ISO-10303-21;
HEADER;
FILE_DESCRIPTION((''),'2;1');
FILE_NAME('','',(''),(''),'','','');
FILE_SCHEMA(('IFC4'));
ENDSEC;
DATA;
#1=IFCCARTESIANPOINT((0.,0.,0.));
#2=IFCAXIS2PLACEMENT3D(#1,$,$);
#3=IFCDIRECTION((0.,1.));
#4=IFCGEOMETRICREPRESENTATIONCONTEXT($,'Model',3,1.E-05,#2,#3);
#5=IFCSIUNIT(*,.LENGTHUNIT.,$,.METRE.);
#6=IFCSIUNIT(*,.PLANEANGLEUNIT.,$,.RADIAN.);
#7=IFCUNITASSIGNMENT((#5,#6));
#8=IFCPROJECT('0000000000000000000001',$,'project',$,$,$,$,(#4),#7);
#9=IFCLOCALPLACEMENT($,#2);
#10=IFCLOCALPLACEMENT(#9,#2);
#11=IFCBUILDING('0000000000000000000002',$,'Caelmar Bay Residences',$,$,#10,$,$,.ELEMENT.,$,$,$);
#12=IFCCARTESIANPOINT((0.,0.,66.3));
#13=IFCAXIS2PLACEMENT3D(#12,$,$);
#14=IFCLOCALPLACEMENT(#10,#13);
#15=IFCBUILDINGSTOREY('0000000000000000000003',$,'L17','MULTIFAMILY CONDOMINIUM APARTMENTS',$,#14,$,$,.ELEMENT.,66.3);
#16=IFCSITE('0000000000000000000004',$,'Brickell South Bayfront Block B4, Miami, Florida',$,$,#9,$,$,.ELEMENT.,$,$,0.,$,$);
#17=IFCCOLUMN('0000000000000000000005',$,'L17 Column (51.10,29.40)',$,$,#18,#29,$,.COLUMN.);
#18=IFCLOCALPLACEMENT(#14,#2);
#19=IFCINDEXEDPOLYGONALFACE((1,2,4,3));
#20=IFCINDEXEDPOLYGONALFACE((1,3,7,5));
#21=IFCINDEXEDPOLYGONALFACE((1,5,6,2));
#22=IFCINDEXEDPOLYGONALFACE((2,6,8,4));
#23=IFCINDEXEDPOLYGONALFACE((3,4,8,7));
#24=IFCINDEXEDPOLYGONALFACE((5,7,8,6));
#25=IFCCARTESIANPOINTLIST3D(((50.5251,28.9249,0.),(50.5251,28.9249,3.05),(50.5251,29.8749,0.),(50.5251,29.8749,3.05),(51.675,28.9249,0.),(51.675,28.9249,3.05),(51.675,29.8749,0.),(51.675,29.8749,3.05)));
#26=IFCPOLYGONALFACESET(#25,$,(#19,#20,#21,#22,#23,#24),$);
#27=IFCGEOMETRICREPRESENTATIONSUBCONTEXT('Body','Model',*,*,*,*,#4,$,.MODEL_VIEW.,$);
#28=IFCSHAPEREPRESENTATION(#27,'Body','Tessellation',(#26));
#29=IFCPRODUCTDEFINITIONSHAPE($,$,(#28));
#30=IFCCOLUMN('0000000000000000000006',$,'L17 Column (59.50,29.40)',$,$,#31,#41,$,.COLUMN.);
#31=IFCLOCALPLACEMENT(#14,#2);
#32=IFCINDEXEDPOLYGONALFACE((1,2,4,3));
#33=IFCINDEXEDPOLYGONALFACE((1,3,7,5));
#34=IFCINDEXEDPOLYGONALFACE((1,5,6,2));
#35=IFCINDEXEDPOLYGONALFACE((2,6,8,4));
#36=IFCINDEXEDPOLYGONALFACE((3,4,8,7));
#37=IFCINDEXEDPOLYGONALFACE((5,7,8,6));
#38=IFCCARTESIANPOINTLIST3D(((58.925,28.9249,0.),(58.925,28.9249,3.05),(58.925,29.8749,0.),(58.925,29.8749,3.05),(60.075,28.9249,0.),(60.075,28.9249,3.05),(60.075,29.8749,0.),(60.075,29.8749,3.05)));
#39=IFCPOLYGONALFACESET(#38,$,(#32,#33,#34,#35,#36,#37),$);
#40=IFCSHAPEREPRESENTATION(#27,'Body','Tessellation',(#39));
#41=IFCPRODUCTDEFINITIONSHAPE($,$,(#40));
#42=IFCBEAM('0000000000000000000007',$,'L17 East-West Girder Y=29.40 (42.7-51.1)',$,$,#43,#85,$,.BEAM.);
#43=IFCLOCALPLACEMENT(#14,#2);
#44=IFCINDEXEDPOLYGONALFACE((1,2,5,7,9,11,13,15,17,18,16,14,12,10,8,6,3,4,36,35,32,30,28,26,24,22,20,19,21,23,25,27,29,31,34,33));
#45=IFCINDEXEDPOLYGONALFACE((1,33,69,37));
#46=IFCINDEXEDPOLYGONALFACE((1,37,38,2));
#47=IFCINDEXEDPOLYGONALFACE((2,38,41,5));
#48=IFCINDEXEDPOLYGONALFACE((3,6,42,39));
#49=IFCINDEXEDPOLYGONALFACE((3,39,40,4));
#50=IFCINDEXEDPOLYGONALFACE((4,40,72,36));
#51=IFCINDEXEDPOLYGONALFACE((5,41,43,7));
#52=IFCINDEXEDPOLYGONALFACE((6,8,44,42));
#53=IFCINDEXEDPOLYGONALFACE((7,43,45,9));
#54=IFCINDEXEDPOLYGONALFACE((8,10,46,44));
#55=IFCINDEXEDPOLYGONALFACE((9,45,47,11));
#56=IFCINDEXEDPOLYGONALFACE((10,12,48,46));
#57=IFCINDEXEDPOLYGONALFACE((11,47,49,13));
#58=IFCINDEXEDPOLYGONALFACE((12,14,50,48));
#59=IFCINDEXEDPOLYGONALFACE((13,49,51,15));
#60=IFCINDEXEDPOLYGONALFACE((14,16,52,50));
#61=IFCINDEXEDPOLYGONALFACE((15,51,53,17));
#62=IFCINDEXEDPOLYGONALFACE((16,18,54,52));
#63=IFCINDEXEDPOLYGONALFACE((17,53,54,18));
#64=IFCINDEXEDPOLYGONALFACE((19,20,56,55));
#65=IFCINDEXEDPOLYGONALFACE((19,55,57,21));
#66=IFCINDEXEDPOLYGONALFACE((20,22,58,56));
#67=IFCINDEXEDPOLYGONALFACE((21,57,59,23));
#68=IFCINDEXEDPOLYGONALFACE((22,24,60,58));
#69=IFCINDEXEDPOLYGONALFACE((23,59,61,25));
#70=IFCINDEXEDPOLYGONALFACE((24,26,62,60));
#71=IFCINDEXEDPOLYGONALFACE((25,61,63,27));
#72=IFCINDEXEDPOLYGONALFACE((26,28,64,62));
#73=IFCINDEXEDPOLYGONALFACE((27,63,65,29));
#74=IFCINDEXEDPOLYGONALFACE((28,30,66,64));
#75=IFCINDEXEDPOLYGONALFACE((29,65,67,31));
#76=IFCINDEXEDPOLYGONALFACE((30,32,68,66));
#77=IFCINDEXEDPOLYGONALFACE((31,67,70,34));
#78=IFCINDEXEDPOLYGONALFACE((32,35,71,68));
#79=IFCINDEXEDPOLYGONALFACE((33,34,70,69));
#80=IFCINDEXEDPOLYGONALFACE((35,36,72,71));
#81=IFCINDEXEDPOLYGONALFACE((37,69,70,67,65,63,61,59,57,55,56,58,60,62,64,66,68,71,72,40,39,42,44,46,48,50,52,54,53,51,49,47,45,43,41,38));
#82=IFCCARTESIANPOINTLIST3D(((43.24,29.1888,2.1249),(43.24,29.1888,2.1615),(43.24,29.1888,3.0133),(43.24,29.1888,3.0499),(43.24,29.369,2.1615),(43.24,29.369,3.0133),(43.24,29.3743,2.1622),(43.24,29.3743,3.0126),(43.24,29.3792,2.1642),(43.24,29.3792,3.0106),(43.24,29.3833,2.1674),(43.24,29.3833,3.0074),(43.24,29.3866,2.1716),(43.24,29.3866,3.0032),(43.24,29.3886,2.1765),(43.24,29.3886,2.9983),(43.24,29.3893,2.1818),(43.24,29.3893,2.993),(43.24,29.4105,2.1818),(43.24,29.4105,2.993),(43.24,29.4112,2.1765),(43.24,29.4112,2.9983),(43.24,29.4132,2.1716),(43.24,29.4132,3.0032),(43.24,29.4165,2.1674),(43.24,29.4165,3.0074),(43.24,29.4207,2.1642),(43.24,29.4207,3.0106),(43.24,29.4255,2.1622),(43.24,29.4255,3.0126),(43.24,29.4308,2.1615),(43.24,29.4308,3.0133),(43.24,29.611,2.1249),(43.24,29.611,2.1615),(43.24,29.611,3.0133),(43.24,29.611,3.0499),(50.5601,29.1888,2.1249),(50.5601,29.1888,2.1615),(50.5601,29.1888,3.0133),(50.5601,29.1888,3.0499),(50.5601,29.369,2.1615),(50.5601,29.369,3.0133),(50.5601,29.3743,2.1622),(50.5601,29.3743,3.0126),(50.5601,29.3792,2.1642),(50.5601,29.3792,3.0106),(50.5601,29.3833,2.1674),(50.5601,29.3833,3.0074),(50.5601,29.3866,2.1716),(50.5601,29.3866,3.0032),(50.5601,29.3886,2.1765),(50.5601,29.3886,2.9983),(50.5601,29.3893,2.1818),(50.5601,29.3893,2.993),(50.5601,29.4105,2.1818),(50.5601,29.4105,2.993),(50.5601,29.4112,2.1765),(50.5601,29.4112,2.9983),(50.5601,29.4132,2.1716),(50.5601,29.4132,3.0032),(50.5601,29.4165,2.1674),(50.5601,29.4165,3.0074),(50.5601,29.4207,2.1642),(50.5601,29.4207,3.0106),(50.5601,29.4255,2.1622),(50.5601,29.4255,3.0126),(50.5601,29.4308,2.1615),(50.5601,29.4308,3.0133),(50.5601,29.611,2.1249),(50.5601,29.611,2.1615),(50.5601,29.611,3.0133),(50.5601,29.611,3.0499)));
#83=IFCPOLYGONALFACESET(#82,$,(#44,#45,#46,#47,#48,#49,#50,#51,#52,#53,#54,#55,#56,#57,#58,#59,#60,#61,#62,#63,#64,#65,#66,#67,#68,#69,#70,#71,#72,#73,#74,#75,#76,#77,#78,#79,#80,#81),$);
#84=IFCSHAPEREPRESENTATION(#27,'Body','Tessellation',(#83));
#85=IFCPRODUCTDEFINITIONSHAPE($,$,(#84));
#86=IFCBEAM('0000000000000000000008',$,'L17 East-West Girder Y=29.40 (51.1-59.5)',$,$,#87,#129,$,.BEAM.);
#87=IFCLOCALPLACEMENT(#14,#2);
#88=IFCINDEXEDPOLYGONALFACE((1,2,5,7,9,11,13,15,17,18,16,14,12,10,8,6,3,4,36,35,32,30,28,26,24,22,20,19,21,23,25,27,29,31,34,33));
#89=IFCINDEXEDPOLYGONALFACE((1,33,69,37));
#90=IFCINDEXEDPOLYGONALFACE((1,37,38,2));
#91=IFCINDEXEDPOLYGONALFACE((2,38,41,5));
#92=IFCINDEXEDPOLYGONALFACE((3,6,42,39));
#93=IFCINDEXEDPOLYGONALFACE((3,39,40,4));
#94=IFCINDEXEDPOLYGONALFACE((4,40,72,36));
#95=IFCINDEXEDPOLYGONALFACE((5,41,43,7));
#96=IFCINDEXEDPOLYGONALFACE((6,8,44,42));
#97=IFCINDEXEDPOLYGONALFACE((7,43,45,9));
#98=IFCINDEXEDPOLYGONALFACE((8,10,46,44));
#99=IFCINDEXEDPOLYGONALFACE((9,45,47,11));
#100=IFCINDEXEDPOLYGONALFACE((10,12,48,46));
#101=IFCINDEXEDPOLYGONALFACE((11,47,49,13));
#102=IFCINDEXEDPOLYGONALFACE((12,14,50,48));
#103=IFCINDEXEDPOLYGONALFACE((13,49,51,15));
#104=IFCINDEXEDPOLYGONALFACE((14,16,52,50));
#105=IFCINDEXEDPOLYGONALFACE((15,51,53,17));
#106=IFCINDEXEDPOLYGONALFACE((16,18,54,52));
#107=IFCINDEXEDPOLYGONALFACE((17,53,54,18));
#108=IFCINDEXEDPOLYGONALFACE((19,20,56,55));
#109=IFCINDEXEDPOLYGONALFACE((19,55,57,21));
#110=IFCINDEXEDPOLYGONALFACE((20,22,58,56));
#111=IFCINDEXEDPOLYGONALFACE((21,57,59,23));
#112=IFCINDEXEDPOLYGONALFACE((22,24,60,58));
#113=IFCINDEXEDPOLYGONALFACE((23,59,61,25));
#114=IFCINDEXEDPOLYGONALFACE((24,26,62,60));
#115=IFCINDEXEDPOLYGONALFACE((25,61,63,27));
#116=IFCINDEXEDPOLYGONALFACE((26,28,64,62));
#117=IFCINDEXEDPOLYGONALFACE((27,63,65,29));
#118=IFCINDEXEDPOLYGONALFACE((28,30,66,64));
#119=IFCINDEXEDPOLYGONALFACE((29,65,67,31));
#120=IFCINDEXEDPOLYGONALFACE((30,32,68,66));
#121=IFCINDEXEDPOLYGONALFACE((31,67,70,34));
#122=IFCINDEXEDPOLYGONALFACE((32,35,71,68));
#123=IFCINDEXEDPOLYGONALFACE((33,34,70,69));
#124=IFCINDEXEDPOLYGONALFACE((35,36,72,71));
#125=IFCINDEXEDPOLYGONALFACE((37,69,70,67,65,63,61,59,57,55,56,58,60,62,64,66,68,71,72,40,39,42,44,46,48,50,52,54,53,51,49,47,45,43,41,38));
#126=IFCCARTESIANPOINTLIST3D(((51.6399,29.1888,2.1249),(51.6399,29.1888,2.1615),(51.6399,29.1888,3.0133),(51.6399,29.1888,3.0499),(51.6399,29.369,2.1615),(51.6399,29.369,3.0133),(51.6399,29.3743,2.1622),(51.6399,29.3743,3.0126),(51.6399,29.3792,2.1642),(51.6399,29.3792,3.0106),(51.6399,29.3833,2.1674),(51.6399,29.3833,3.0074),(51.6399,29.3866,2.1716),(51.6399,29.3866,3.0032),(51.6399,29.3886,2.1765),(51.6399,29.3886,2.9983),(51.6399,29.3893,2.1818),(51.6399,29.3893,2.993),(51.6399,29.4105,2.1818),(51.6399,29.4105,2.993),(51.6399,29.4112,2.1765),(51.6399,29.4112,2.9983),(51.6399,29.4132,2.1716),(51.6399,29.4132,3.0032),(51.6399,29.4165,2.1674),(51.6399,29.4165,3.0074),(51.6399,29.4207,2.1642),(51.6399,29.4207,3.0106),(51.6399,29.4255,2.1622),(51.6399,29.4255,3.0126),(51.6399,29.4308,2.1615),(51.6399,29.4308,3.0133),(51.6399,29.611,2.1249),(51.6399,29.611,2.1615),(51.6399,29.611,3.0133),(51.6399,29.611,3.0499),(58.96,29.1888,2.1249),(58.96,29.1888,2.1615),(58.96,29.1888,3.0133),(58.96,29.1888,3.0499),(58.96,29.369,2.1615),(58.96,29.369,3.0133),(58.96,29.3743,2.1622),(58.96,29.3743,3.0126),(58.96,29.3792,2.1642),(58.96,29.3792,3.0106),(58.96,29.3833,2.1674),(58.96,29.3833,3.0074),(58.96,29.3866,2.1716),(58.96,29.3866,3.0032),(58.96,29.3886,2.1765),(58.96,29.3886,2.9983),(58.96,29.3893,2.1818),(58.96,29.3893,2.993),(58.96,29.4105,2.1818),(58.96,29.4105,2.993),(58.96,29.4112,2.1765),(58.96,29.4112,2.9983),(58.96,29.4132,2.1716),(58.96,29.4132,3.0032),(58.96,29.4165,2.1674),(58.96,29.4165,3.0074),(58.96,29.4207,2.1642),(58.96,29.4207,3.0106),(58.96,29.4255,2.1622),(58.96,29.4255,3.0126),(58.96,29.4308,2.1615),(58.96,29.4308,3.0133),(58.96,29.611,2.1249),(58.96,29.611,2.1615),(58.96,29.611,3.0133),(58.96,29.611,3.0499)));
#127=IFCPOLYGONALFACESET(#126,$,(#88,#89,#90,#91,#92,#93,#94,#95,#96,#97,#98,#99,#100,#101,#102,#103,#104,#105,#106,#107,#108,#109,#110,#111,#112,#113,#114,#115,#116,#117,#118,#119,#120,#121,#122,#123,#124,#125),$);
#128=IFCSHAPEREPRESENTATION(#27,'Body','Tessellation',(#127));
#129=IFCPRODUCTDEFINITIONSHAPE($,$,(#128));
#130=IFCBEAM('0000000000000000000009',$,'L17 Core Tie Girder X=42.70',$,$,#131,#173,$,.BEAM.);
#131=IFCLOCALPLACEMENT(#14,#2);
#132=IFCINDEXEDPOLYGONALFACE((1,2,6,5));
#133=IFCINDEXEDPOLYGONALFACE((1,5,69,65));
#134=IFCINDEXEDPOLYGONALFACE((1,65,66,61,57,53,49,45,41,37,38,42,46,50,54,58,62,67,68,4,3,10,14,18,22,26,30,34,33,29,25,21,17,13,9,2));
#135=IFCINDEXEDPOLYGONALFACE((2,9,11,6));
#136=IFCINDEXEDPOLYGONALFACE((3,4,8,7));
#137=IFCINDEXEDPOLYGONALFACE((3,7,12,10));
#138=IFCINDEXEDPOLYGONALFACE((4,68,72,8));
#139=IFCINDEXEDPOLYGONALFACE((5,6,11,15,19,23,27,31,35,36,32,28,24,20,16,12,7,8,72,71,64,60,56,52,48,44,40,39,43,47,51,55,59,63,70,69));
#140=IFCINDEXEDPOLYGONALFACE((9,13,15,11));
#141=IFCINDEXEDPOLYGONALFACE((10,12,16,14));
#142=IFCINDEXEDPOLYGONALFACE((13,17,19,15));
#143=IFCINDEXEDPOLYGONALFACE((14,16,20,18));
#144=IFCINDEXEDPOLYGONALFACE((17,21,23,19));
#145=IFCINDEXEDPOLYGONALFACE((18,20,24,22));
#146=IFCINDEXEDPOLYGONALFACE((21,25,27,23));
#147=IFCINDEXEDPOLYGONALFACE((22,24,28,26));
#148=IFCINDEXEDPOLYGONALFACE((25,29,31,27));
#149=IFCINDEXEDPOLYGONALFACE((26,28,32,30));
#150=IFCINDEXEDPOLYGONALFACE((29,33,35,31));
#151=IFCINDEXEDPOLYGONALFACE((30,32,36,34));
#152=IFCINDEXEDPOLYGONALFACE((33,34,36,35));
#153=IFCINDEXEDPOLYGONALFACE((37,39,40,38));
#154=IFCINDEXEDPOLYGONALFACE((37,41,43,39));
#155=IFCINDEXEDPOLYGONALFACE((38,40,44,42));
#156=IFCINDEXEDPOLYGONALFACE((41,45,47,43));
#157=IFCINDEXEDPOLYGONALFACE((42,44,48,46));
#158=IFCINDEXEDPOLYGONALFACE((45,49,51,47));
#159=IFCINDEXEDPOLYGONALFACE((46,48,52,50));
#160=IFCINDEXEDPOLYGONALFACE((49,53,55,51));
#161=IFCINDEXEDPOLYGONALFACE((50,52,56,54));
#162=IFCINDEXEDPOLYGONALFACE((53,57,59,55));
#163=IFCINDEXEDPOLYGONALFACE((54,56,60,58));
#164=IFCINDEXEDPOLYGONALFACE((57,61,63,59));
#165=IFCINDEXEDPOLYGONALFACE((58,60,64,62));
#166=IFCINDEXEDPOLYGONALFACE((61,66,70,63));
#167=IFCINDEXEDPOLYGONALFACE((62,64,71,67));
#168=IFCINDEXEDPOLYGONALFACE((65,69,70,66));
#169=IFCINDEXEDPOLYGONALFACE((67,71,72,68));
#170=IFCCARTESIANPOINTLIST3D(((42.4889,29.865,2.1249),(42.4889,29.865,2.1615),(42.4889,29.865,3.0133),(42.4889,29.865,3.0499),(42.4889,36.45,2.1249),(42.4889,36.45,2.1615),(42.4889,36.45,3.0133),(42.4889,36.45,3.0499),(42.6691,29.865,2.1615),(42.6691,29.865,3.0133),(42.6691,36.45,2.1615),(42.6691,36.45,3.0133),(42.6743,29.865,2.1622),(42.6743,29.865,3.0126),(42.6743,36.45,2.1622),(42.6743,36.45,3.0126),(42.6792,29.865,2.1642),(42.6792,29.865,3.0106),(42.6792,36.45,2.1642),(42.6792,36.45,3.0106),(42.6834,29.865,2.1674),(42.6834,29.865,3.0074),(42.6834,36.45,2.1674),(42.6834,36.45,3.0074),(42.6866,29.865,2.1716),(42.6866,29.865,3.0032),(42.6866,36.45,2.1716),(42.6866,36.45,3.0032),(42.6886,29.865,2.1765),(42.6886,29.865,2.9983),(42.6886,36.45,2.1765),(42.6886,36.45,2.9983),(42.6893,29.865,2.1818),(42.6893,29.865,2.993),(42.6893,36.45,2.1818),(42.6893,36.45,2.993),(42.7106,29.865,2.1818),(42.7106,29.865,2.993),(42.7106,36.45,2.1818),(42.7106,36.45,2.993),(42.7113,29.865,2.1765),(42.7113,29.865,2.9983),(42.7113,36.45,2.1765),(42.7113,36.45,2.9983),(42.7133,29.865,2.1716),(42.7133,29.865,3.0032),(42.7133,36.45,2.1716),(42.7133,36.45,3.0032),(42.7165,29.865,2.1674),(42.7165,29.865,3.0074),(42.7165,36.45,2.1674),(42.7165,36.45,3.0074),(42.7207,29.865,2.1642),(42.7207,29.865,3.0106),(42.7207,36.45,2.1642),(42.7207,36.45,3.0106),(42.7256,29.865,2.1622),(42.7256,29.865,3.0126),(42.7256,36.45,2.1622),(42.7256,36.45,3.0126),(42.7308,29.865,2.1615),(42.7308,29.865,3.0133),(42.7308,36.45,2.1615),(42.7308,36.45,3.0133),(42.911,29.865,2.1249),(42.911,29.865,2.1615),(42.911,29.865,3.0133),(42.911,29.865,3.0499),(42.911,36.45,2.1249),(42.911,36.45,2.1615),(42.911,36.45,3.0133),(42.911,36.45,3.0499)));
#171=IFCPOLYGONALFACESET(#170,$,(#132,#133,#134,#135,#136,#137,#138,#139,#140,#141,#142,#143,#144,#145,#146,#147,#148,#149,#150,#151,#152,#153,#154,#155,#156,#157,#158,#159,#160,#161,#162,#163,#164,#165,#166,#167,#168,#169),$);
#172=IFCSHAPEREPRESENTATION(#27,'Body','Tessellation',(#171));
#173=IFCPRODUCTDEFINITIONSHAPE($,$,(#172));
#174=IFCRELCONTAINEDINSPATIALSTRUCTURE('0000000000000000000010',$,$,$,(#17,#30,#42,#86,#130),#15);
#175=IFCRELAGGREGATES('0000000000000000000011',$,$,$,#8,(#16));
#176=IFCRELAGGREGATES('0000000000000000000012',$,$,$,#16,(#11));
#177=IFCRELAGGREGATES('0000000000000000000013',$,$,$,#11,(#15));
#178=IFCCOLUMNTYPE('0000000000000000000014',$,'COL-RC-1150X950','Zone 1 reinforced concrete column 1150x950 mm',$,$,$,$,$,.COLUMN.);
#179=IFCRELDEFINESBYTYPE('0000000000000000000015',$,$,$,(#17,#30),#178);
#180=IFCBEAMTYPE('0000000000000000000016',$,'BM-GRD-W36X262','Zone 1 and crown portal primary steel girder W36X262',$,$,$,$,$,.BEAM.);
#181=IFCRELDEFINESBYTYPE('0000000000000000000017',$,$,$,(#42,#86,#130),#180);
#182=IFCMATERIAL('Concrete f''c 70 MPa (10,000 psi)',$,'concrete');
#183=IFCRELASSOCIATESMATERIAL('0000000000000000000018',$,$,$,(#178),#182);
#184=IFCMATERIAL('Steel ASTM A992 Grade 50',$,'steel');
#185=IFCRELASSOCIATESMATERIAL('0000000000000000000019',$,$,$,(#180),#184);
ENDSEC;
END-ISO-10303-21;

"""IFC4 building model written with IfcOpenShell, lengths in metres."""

from ifc_helpers import new_model, si_unit, direction, frame, origin, origin_2d, place, context, subcontext, project, spatial, rectangle, i_section, extrude, material, material_profile, profile_set, type_object, element, save


model = new_model("IFC4")

# Units and contexts
model_context = context("Model", 3, precision=1e-05, world=origin(), true_north=direction((0.0, 1.0)))
body_context = subcontext(model_context, "Body", "Model", "MODEL_VIEW")
ifc_project = project(units=[si_unit("LENGTHUNIT", "METRE"), si_unit("PLANEANGLEUNIT", "RADIAN")], contexts=[model_context])

# Site, building, storey
site_placement = place(None, origin())
site = spatial("IfcSite", under=ifc_project, at=site_placement, Name="Brickell South Bayfront Block B4, Miami, Florida", CompositionType="ELEMENT", RefElevation=0.0)
building_placement = place(site_placement, origin())
building = spatial("IfcBuilding", under=site, at=building_placement, Name="Caelmar Bay Residences", CompositionType="ELEMENT")
storey_placement = place(building_placement, frame((0.0, 0.0, 66.3)))
storey = spatial("IfcBuildingStorey", under=building, at=storey_placement, Name="L17", Description="MULTIFAMILY CONDOMINIUM APARTMENTS", CompositionType="ELEMENT", Elevation=66.3)

# Columns
ifc_material_1 = material(Name="Concrete f'c 70 MPa (10,000 psi)", Category="concrete")
ifc_material_profile_1 = material_profile(ifc_material_1, rectangle(XDim=1.1499, YDim=0.95, at=origin_2d()), Name="RC-COL-1150X950")
ifc_profile_set_1 = profile_set([ifc_material_profile_1], Name="Concrete f'c 70 MPa (10,000 psi)")
column_type = type_object("IfcColumnType", Name="COL-RC-1150X950", Description="Zone 1 reinforced concrete column 1150x950 mm", PredefinedType="COLUMN", material=ifc_profile_set_1)
for number, where, z_axis, x_axis, name in (
    (1, (51.1001, 29.3999, 0.0), (0.0, 0.0, 1.0), (1.0, 0.0, 0.0), "L17 Column (51.10,29.40)"),
    (2, (59.5, 29.3999, 0.0), (0.0, 0.0, 1.0), (1.0, 0.0, 0.0), "L17 Column (59.50,29.40)"),
):
    element("IfcColumn", number, at=place(storey_placement, frame(where, z_axis=z_axis, x_axis=x_axis)), inside=storey, type_object=column_type, Name=name, PredefinedType="COLUMN", context=body_context, shape_type="SweptSolid", body=[
        extrude(rectangle(XDim=1.1499, YDim=0.95, at=origin_2d()), origin(), (0.0, 0.0, 1.0), 3.05),
    ])

# Beams
ifc_material_2 = material(Name="Steel ASTM A992 Grade 50", Category="steel")
ifc_material_profile_2 = material_profile(ifc_material_2, i_section(OverallWidth=0.4221, OverallDepth=0.925, WebThickness=0.0212, FlangeThickness=0.0366, FilletRadius=0.0203, at=origin_2d()), Name="W36X262")
ifc_profile_set_2 = profile_set([ifc_material_profile_2], Name="Steel ASTM A992 Grade 50")
beam_type_1 = type_object("IfcBeamType", Name="BM-GRD-W36X262", Description="Zone 1 and crown portal primary steel girder W36X262", PredefinedType="BEAM", material=ifc_profile_set_2)
for number, where, z_axis, x_axis, name in (
    (3, (43.24, 29.3999, 2.5874), (1.0, 0.0, 0.0), (0.0, 1.0, 0.0), "L17 East-West Girder Y=29.40 (42.7-51.1)"),
    (4, (51.6399, 29.3999, 2.5874), (1.0, 0.0, 0.0), (0.0, 1.0, 0.0), "L17 East-West Girder Y=29.40 (51.1-59.5)"),
):
    element("IfcBeam", number, at=place(storey_placement, frame(where, z_axis=z_axis, x_axis=x_axis)), inside=storey, type_object=beam_type_1, Name=name, PredefinedType="BEAM", context=body_context, shape_type="SweptSolid", body=[
        extrude(i_section(OverallWidth=0.4221, OverallDepth=0.925, WebThickness=0.0212, FlangeThickness=0.0366, FilletRadius=0.0203, at=origin_2d()), origin(), (0.0, 0.0, 1.0), 7.3201),
    ])
beam_1_placement = place(storey_placement, frame((42.7, 29.865, 2.5874), z_axis=(0.0, 1.0, 0.0), x_axis=(-1.0, 0.0, 0.0)))
element("IfcBeam", 5, at=beam_1_placement, inside=storey, type_object=beam_type_1, Name="L17 Core Tie Girder X=42.70", PredefinedType="BEAM", context=body_context, shape_type="SweptSolid", body=[
    extrude(i_section(OverallWidth=0.4221, OverallDepth=0.925, WebThickness=0.0212, FlangeThickness=0.0366, FilletRadius=0.0203, at=origin_2d()), origin(), (0.0, 0.0, 1.0), 6.585),
])

save(model, "model.ifc")
